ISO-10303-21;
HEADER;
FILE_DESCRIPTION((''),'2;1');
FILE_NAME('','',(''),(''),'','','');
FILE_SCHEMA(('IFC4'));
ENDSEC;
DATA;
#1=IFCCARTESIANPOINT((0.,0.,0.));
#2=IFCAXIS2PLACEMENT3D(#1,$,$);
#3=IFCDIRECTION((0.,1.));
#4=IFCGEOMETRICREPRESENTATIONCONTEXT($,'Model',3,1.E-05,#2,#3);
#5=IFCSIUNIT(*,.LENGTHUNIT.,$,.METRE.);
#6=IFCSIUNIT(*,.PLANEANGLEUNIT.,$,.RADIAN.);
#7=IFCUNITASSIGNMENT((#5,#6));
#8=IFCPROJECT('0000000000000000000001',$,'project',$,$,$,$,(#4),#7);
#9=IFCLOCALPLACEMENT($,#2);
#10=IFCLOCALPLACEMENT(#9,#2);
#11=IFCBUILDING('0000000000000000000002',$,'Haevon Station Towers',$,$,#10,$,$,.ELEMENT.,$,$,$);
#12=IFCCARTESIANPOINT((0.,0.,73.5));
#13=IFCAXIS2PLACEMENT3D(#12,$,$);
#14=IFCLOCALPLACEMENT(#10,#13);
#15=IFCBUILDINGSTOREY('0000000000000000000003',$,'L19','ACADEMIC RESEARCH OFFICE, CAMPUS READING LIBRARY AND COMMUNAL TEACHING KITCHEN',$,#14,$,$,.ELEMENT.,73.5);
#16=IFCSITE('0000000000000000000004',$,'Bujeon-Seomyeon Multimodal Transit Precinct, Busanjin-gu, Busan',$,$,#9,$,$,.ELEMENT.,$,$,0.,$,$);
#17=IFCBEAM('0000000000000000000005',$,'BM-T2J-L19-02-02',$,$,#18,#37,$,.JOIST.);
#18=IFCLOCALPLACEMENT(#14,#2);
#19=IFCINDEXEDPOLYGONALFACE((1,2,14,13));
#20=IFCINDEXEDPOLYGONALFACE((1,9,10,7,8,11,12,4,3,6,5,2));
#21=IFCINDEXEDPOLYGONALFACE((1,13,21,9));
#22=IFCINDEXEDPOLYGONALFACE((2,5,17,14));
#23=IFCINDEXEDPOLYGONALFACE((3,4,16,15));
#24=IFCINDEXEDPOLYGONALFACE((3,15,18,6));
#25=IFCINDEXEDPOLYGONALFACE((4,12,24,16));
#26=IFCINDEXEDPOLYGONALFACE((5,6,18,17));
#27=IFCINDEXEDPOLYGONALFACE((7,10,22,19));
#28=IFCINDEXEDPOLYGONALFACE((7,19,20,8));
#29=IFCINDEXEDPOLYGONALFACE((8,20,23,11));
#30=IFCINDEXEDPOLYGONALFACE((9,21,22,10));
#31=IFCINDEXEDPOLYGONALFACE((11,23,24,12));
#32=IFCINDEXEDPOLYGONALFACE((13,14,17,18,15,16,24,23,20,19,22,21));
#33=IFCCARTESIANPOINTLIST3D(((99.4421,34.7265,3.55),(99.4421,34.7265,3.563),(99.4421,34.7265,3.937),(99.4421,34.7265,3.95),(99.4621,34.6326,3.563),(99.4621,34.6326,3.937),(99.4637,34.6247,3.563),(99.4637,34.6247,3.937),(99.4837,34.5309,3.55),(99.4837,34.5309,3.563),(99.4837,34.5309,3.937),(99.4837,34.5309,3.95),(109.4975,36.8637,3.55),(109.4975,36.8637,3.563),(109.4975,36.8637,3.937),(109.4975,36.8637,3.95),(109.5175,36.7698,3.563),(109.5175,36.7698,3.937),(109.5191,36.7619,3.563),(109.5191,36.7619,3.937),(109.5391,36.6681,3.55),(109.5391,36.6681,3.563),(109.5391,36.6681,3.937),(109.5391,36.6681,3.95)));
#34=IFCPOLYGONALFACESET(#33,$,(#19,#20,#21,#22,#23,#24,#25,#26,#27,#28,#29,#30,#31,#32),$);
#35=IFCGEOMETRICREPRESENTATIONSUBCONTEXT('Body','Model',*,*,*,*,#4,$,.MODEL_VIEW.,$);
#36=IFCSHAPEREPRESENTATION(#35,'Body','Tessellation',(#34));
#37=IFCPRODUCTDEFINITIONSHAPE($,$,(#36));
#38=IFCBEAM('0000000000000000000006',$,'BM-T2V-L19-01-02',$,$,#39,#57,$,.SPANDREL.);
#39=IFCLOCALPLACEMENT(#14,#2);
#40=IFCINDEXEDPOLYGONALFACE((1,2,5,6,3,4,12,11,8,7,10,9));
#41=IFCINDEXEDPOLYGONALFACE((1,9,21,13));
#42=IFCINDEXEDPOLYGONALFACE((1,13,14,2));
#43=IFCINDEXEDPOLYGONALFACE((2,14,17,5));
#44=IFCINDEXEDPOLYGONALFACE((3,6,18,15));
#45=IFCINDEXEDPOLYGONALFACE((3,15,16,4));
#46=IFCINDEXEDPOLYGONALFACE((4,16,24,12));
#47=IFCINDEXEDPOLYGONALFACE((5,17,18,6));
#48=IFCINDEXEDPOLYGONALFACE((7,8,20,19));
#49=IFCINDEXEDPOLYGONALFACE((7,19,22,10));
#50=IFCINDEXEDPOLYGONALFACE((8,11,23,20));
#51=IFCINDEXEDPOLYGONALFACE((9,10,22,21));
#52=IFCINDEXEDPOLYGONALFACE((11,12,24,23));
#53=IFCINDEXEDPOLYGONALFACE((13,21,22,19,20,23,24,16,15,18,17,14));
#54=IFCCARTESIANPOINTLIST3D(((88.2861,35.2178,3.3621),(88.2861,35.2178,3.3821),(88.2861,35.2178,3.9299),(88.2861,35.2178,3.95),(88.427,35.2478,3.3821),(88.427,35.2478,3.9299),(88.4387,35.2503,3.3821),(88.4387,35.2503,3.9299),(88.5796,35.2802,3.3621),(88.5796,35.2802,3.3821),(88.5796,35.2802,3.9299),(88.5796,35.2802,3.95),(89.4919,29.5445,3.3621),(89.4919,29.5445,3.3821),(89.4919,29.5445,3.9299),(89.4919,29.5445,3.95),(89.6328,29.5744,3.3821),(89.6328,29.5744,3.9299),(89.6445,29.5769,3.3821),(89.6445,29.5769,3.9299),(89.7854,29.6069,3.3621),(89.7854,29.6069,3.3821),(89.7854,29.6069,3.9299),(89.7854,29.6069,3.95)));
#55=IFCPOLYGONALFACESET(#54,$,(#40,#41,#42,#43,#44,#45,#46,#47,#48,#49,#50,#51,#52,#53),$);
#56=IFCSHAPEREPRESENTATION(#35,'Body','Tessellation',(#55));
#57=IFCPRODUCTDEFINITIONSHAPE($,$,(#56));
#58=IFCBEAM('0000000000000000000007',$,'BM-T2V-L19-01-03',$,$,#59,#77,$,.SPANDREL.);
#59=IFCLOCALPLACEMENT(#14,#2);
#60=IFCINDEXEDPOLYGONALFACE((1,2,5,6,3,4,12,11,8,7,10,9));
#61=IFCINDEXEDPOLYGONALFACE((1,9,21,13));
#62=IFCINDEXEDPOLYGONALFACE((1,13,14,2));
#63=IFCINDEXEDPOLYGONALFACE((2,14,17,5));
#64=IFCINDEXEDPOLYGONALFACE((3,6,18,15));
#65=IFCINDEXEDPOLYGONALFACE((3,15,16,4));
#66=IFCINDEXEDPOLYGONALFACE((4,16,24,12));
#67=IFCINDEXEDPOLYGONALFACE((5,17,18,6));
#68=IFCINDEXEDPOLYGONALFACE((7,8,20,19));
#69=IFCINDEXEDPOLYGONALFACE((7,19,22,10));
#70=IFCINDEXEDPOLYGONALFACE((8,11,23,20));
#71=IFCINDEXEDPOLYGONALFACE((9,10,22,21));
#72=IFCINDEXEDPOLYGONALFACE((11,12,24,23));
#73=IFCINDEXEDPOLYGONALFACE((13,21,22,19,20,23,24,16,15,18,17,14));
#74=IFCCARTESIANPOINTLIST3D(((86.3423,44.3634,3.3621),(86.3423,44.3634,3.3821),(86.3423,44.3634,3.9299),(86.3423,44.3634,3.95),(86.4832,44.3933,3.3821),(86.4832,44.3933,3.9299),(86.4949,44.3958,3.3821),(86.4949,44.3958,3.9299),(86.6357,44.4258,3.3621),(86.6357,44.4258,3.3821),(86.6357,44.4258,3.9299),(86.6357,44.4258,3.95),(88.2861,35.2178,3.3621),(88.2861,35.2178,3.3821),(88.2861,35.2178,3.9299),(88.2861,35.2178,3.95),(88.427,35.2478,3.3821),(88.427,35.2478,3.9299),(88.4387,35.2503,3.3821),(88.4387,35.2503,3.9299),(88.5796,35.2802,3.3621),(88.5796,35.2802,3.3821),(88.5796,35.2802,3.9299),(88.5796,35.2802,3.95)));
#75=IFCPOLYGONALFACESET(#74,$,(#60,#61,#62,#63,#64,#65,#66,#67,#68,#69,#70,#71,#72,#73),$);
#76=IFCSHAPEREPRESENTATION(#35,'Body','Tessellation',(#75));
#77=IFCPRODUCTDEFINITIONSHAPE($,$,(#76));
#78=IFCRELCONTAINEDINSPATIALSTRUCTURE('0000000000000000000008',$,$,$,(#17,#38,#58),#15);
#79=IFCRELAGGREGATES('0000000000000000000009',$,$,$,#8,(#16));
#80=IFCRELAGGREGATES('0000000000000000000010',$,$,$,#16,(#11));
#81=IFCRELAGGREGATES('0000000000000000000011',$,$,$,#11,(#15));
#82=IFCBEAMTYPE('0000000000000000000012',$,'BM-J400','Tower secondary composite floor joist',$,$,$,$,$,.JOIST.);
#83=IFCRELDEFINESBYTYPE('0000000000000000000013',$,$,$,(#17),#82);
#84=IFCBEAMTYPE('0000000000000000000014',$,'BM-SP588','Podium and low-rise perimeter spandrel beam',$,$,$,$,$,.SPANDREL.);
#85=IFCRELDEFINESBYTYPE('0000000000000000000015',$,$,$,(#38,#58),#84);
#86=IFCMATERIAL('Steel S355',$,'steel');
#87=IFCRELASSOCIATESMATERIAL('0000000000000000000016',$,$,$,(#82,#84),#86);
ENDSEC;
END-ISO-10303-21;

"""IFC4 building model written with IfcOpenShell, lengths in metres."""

from ifc_helpers import new_model, si_unit, direction, frame, origin, origin_2d, place, context, subcontext, project, spatial, i_section, extrude, material, material_profile, profile_set, type_object, element, save


model = new_model("IFC4")

# Units and contexts
model_context = context("Model", 3, precision=1e-05, world=origin(), true_north=direction((0.0, 1.0)))
body_context = subcontext(model_context, "Body", "Model", "MODEL_VIEW")
ifc_project = project(units=[si_unit("LENGTHUNIT", "METRE"), si_unit("PLANEANGLEUNIT", "RADIAN")], contexts=[model_context])

# Site, building, storey
site_placement = place(None, origin())
site = spatial("IfcSite", under=ifc_project, at=site_placement, Name="Bujeon-Seomyeon Multimodal Transit Precinct, Busanjin-gu, Busan", CompositionType="ELEMENT", RefElevation=0.0)
building_placement = place(site_placement, origin())
building = spatial("IfcBuilding", under=site, at=building_placement, Name="Haevon Station Towers", CompositionType="ELEMENT")
storey_placement = place(building_placement, frame((0.0, 0.0, 73.5)))
storey = spatial("IfcBuildingStorey", under=building, at=storey_placement, Name="L19", Description="ACADEMIC RESEARCH OFFICE, CAMPUS READING LIBRARY AND COMMUNAL TEACHING KITCHEN", CompositionType="ELEMENT", Elevation=73.5)

# Beams
ifc_material_1 = material(Name="Steel S355", Category="steel")
ifc_material_profile_1 = material_profile(ifc_material_1, i_section(OverallWidth=0.2, OverallDepth=0.3999, WebThickness=0.0081, FlangeThickness=0.0129, at=origin_2d()), Name="H-400x200x8x13")
ifc_profile_set_1 = profile_set([ifc_material_profile_1], Name="Steel S355")
beam_type_1 = type_object("IfcBeamType", Name="BM-J400", Description="Tower secondary composite floor joist", PredefinedType="JOIST", material=ifc_profile_set_1)
beam_1_placement = place(storey_placement, frame((99.4629, 34.6287, 3.75), z_axis=(0.97815, 0.207899, 0.0), x_axis=(-0.207899, 0.97815, 0.0)))
element("IfcBeam", 1, at=beam_1_placement, inside=storey, type_object=beam_type_1, Name="BM-T2J-L19-02-02", PredefinedType="JOIST", context=body_context, shape_type="SweptSolid", body=[
    extrude(i_section(OverallWidth=0.2, OverallDepth=0.3999, WebThickness=0.0081, FlangeThickness=0.0129, at=origin_2d()), origin(), (0.0, 0.0, 1.0), 10.28),
])
ifc_material_profile_2 = material_profile(ifc_material_1, i_section(OverallWidth=0.3, OverallDepth=0.5879, WebThickness=0.012, FlangeThickness=0.02, at=origin_2d()), Name="H-588x300x12x20")
ifc_profile_set_2 = profile_set([ifc_material_profile_2], Name="Steel S355")
beam_type_2 = type_object("IfcBeamType", Name="BM-SP588", Description="Podium and low-rise perimeter spandrel beam", PredefinedType="SPANDREL", material=ifc_profile_set_2)
beam_2_placement = place(storey_placement, frame((89.6387, 29.5757, 3.656), z_axis=(-0.207896, 0.978151, 0.0), x_axis=(-0.978151, -0.207896, 0.0)))
element("IfcBeam", 2, at=beam_2_placement, inside=storey, type_object=beam_type_2, Name="BM-T2V-L19-01-02", PredefinedType="SPANDREL", context=body_context, shape_type="SweptSolid", body=[
    extrude(i_section(OverallWidth=0.3, OverallDepth=0.5879, WebThickness=0.012, FlangeThickness=0.02, at=origin_2d()), origin(), (0.0, 0.0, 1.0), 5.8),
])
beam_3_placement = place(storey_placement, frame((88.4329, 35.249, 3.656), z_axis=(-0.207902, 0.97815, 0.0), x_axis=(-0.97815, -0.207902, 0.0)))
element("IfcBeam", 3, at=beam_3_placement, inside=storey, type_object=beam_type_2, Name="BM-T2V-L19-01-03", PredefinedType="SPANDREL", context=body_context, shape_type="SweptSolid", body=[
    extrude(i_section(OverallWidth=0.3, OverallDepth=0.5879, WebThickness=0.012, FlangeThickness=0.02, at=origin_2d()), origin(), (0.0, 0.0, 1.0), 9.3499),
])

save(model, "model.ifc")
